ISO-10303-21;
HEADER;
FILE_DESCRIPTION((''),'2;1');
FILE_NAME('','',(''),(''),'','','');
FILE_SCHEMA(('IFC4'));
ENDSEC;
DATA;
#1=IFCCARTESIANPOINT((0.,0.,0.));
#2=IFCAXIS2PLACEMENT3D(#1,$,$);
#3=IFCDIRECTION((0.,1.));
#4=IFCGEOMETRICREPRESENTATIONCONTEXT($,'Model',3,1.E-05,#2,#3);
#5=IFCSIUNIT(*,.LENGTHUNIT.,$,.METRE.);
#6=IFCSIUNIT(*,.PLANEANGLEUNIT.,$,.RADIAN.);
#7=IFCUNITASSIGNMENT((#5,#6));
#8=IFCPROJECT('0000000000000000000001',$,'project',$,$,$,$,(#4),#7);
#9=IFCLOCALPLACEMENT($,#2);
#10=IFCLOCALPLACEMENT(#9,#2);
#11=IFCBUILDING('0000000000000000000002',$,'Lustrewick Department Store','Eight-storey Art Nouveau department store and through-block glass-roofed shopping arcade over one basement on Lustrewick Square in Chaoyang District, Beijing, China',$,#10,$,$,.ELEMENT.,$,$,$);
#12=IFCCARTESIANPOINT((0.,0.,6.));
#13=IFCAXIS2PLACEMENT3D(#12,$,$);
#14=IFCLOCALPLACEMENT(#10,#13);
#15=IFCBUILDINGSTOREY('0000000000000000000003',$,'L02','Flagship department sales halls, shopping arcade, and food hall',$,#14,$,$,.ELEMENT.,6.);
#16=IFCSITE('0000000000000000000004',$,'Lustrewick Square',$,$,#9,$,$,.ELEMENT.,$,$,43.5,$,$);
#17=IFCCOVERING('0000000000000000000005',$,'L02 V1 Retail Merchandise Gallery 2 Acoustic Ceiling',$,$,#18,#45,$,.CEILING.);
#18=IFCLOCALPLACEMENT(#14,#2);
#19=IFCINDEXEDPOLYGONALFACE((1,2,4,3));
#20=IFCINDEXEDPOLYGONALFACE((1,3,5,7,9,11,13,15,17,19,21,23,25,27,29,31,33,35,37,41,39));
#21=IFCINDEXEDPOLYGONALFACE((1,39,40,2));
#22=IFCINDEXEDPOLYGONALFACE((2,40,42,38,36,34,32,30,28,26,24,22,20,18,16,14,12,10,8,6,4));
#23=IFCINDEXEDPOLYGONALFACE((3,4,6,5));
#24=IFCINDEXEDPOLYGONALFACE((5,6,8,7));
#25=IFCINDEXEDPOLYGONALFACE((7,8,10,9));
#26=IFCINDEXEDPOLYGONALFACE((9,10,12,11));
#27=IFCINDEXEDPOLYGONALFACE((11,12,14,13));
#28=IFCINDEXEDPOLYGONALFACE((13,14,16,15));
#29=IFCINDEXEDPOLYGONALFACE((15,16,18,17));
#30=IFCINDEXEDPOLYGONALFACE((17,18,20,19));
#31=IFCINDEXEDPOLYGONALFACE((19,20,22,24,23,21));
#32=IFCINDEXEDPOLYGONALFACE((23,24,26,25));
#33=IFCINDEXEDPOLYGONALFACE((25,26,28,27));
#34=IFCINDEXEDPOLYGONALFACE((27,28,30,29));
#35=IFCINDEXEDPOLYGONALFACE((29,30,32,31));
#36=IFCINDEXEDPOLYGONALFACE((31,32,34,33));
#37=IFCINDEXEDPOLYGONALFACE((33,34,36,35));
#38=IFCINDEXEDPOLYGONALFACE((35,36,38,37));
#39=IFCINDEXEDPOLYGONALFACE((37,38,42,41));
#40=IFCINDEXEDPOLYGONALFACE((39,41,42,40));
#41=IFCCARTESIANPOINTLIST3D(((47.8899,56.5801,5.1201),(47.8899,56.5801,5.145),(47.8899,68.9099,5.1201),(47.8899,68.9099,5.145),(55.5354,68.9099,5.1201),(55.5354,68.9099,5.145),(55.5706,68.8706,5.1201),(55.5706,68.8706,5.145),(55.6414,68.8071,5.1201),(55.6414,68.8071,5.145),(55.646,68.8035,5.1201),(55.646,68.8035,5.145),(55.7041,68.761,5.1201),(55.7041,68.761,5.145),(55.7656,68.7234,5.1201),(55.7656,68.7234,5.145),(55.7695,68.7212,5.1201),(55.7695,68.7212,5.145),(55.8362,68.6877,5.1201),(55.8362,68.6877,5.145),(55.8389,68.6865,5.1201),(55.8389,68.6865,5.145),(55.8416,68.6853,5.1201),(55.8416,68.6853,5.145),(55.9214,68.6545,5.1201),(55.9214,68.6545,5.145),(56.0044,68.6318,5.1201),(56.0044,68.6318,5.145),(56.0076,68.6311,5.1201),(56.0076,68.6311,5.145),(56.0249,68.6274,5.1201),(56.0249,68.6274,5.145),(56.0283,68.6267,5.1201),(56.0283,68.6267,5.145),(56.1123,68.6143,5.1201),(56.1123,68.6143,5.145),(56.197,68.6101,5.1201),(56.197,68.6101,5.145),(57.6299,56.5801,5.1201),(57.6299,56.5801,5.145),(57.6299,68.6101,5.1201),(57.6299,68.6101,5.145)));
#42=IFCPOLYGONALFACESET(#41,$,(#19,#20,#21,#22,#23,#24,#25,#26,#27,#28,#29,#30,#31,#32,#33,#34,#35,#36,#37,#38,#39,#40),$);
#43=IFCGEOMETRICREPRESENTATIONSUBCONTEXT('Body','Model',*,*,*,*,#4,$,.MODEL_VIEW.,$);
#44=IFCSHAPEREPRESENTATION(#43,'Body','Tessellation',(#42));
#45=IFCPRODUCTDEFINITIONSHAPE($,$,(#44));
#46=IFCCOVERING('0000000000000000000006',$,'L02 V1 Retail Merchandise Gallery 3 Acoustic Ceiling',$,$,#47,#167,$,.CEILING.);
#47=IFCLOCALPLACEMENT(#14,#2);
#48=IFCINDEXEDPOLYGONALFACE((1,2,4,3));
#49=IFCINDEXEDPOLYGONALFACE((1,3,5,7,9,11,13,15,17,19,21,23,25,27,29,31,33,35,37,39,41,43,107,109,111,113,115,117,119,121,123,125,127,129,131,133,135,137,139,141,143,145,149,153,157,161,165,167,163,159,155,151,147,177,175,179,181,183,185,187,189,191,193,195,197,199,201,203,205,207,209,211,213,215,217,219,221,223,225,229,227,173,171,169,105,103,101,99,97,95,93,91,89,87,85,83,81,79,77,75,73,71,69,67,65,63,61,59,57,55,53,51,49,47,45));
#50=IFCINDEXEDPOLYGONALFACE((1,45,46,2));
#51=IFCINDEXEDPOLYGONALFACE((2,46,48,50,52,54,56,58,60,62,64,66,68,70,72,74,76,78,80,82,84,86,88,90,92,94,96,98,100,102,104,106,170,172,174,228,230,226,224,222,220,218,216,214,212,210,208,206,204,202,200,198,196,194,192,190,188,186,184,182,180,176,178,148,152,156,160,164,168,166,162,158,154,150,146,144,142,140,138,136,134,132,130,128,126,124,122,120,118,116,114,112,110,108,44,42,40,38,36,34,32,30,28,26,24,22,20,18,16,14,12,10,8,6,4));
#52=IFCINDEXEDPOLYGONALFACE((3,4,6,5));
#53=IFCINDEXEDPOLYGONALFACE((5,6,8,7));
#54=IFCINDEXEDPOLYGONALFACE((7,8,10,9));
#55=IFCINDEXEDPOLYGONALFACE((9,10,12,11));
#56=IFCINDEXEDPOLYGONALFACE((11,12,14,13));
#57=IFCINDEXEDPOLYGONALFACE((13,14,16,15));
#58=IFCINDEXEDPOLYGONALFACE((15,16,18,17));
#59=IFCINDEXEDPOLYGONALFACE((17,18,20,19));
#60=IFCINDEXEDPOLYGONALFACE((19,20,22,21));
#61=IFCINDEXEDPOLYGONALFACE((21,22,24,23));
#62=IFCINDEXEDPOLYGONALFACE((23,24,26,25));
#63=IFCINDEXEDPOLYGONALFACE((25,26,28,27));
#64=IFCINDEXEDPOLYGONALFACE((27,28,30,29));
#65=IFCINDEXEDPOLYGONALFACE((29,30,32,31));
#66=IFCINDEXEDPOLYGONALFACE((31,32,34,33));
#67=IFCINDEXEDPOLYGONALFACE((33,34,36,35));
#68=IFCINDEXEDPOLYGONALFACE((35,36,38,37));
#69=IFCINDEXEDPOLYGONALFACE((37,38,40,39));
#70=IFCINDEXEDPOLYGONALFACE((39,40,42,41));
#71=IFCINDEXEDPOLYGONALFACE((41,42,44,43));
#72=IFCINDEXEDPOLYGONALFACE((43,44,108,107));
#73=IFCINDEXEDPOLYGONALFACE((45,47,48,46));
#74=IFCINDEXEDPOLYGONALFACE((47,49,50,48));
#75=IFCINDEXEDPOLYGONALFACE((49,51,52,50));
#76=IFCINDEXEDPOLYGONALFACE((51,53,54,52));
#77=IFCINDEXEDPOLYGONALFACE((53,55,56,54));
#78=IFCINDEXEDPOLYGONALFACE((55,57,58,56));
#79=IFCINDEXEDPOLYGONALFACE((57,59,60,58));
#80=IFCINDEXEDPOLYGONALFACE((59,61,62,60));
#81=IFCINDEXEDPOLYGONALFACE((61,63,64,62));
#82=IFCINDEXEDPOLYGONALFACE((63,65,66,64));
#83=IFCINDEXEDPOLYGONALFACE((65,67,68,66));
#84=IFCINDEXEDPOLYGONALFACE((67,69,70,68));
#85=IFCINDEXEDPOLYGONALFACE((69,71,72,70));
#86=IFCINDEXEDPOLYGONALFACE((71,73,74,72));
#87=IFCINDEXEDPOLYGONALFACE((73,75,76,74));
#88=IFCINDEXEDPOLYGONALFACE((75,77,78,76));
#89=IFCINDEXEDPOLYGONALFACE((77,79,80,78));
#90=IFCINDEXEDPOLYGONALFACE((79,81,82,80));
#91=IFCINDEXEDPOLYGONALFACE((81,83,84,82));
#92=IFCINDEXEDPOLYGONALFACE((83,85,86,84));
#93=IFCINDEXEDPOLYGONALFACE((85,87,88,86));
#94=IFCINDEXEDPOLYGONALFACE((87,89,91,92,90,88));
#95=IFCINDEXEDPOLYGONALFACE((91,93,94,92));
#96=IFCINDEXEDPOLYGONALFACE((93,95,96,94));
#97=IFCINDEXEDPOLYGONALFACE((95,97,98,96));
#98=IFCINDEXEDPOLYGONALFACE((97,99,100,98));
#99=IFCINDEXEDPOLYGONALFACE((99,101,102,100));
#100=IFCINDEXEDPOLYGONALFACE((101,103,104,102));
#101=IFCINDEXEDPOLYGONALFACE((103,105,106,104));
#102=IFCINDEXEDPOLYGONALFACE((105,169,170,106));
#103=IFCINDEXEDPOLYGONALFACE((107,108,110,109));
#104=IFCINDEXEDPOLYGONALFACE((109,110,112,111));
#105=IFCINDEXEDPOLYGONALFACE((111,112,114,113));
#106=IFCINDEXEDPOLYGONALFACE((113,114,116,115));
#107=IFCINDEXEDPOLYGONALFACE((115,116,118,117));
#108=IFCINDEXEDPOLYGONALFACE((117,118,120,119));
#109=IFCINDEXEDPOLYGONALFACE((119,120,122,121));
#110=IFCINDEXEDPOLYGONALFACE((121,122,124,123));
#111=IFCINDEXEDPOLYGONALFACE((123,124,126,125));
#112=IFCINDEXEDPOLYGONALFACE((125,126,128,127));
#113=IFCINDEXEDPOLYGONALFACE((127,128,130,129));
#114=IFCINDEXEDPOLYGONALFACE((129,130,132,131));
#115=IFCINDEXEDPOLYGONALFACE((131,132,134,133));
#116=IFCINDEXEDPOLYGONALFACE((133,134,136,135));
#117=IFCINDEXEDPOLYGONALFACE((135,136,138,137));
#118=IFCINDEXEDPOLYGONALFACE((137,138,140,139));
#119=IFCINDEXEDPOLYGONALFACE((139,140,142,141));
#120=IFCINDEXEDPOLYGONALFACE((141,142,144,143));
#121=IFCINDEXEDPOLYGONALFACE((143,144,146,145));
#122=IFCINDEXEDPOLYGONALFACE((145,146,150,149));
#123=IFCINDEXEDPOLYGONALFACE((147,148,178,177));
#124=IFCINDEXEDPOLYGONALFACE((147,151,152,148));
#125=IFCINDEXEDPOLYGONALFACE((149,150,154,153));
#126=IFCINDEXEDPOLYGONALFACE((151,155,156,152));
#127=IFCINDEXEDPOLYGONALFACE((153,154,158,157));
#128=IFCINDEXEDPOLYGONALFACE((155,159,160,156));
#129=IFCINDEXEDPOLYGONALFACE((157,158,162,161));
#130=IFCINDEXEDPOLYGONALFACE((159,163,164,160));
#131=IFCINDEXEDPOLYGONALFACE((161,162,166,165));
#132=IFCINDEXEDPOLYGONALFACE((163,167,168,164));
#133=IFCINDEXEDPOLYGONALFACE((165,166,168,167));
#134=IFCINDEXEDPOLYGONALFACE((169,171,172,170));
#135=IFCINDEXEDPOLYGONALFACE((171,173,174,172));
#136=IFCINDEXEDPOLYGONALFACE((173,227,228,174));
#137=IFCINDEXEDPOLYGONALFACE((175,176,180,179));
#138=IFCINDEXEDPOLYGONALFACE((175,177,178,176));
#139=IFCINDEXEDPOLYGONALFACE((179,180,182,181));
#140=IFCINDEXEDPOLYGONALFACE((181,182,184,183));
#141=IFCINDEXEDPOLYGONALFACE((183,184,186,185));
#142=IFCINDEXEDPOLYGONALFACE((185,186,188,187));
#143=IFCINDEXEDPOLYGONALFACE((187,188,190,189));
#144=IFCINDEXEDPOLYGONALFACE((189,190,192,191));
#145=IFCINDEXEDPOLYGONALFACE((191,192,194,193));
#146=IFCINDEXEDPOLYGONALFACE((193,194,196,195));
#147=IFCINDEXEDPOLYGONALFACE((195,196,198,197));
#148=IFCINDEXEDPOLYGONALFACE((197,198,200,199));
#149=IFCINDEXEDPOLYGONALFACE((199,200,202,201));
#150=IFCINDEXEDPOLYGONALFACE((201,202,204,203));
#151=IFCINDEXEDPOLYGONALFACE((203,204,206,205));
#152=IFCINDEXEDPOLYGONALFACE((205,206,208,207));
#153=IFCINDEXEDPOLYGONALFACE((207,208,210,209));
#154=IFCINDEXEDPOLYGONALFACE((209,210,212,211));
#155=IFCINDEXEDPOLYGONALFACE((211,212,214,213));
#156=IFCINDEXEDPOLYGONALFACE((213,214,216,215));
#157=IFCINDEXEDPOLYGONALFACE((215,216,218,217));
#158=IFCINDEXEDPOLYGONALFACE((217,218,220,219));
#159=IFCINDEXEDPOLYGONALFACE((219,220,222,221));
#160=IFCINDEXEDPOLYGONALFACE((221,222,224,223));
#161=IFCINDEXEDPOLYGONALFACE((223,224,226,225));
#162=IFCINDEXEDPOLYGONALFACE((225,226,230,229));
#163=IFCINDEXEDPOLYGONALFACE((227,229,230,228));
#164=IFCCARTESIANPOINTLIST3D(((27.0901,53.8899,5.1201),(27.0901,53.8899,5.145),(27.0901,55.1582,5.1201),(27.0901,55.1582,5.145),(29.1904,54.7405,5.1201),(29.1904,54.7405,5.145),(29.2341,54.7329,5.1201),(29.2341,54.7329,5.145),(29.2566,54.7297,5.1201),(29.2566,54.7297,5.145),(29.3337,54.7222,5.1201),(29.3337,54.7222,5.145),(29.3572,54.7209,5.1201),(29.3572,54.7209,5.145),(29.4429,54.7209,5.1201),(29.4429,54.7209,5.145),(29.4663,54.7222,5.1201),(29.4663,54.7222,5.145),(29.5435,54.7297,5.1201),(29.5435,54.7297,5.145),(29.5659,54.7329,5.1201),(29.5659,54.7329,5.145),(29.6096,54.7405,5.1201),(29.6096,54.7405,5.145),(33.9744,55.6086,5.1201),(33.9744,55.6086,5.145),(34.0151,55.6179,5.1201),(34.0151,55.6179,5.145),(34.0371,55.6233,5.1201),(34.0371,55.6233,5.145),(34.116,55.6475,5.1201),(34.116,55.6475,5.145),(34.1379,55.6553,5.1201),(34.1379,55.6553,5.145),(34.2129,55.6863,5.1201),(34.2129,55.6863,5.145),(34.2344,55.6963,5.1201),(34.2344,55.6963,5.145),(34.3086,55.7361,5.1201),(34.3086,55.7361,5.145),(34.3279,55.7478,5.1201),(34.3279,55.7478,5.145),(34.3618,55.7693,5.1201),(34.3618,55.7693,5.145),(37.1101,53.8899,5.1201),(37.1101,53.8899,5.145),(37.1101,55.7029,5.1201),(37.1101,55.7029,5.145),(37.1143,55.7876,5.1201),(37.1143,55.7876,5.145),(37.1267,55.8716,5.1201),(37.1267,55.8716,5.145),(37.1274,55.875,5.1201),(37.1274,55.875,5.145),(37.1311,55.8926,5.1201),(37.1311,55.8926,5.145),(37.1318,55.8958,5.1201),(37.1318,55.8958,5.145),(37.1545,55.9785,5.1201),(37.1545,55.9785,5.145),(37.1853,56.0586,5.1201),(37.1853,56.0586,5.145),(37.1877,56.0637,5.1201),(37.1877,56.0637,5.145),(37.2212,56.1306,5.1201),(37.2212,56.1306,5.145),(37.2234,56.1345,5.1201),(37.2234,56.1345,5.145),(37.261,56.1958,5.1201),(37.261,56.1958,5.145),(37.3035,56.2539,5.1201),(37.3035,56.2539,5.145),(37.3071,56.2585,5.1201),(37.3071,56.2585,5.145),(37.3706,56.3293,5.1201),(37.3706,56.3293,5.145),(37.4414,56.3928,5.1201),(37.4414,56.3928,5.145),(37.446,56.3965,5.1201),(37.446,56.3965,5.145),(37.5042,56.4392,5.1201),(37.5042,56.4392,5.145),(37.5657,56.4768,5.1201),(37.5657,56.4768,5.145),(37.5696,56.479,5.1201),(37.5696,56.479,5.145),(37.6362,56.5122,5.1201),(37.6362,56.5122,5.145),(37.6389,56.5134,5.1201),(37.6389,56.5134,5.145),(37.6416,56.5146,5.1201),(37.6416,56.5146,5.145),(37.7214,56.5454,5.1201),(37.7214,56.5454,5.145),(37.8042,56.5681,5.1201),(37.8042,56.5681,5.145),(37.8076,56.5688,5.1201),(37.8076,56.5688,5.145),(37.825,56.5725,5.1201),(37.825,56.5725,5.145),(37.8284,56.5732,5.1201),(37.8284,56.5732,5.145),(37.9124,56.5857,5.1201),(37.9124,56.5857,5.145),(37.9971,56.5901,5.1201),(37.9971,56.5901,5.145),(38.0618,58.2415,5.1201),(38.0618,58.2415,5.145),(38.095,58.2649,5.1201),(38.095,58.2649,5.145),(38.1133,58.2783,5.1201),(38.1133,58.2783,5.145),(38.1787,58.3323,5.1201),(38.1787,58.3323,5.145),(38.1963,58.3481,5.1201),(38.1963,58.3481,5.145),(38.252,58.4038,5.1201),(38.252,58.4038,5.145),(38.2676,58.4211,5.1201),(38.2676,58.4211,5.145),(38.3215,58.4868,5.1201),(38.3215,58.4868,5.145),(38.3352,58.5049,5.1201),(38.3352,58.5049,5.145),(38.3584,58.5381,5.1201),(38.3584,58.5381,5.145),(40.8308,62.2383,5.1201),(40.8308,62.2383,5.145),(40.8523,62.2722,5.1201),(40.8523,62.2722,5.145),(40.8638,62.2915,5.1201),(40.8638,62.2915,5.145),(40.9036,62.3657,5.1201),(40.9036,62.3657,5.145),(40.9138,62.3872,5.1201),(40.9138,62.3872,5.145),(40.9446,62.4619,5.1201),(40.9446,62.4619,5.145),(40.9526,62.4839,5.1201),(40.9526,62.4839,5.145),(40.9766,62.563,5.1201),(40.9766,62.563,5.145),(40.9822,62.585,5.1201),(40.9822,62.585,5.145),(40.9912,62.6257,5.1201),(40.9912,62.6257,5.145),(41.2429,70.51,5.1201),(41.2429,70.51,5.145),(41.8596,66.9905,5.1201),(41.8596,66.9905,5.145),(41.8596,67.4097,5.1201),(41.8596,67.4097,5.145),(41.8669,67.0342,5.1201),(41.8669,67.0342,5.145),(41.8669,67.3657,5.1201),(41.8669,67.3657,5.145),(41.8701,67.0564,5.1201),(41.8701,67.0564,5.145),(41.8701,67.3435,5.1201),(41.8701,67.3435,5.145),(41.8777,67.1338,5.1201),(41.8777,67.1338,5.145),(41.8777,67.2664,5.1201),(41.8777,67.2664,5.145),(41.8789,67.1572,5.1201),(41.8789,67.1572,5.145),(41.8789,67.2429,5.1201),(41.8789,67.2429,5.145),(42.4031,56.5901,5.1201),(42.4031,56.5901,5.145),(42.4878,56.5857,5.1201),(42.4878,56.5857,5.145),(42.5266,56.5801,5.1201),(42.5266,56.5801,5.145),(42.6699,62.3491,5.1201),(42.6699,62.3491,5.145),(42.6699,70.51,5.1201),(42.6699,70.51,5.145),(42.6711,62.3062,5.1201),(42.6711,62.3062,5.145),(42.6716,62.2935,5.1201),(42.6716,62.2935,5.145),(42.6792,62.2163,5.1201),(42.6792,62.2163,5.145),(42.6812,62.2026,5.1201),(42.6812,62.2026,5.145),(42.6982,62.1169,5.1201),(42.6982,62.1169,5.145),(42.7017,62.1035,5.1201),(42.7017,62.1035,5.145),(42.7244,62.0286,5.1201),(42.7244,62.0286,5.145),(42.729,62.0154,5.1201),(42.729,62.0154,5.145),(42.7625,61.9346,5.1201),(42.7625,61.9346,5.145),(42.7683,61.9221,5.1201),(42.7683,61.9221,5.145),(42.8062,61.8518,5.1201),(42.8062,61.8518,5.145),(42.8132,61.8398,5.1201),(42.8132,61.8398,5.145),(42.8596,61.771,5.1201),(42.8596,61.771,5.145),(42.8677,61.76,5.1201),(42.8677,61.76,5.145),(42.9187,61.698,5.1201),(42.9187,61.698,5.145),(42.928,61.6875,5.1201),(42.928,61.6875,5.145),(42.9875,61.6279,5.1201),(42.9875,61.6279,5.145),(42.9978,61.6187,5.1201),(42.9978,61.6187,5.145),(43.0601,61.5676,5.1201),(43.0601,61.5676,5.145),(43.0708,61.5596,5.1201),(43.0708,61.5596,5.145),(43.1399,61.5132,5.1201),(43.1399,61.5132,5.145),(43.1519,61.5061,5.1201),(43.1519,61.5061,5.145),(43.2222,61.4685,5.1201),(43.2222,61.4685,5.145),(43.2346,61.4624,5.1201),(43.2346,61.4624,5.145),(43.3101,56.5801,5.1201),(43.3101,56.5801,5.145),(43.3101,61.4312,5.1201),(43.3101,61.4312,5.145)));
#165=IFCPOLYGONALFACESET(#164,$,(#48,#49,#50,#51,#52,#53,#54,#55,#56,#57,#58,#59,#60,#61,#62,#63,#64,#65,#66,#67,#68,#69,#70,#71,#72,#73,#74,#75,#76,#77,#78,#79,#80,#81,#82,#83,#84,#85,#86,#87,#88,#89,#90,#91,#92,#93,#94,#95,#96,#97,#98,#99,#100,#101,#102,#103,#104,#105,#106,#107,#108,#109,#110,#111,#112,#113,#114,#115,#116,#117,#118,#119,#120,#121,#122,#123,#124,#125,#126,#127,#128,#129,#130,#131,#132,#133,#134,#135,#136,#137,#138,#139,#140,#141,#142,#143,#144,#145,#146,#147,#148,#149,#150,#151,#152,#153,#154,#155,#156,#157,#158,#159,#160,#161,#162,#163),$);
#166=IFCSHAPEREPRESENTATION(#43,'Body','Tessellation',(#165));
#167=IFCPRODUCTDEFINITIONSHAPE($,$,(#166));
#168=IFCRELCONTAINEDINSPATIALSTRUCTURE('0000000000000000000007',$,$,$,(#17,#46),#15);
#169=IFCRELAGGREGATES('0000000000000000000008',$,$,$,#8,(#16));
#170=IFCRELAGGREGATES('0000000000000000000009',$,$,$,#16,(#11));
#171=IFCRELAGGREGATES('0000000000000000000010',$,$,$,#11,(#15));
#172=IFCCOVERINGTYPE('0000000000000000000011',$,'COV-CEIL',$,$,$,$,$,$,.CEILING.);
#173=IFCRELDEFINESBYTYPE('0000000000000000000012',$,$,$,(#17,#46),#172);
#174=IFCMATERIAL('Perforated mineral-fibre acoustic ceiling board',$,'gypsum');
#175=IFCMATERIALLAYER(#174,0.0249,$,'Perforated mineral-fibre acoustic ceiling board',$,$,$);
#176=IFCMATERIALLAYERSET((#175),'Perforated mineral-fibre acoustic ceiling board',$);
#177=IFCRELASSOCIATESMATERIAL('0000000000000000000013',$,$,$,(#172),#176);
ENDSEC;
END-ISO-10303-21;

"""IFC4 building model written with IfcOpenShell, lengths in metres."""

from ifc_helpers import new_model, si_unit, direction, frame, origin, place, context, subcontext, project, spatial, polyline, outline, extrude, material, layer, layer_set, type_object, element, save


model = new_model("IFC4")

# Units and contexts
model_context = context("Model", 3, precision=1e-05, world=origin(), true_north=direction((0.0, 1.0)))
body_context = subcontext(model_context, "Body", "Model", "MODEL_VIEW")
ifc_project = project(units=[si_unit("LENGTHUNIT", "METRE"), si_unit("PLANEANGLEUNIT", "RADIAN")], contexts=[model_context])

# Site, building, storey
site_placement = place(None, origin())
site = spatial("IfcSite", under=ifc_project, at=site_placement, Name="Lustrewick Square", CompositionType="ELEMENT", RefElevation=43.5)
building_placement = place(site_placement, origin())
building = spatial("IfcBuilding", under=site, at=building_placement, Name="Lustrewick Department Store", Description="Eight-storey Art Nouveau department store and through-block glass-roofed shopping arcade over one basement on Lustrewick Square in Chaoyang District, Beijing, China", CompositionType="ELEMENT")
storey_placement = place(building_placement, frame((0.0, 0.0, 6.0)))
storey = spatial("IfcBuildingStorey", under=building, at=storey_placement, Name="L02", Description="Flagship department sales halls, shopping arcade, and food hall", CompositionType="ELEMENT", Elevation=6.0)

# Coverings
ifc_material_1 = material(Name="Perforated mineral-fibre acoustic ceiling board", Category="gypsum")
ifc_layer_1 = layer(ifc_material_1, 0.0249, Name="Perforated mineral-fibre acoustic ceiling board")
ifc_layer_set_1 = layer_set([ifc_layer_1], Name="Perforated mineral-fibre acoustic ceiling board")
covering_type_1 = type_object("IfcCoveringType", Name="COV-CEIL", PredefinedType="CEILING", material=ifc_layer_set_1)
covering_1_placement = place(storey_placement, frame((0.0, 0.0, 5.1201)))
element("IfcCovering", 1, at=covering_1_placement, inside=storey, type_object=covering_type_1, Name="L02 V1 Retail Merchandise Gallery 2 Acoustic Ceiling", PredefinedType="CEILING", context=body_context, shape_type="SweptSolid", body=[
    extrude(outline(polyline([(55.5354, 68.9099), (47.8899, 68.9099), (47.8899, 56.5801), (57.6299, 56.5801), (57.6299, 68.6101), (56.197, 68.6101), (56.1123, 68.6143), (56.0283, 68.6267), (56.0249, 68.6274), (56.0076, 68.6311), (56.0044, 68.6318), (55.9214, 68.6545), (55.8416, 68.6853), (55.8389, 68.6865), (55.8362, 68.6877), (55.7695, 68.7212), (55.7656, 68.7234), (55.7041, 68.761), (55.646, 68.8035), (55.6414, 68.8071), (55.5706, 68.8706), (55.5354, 68.9099)])), origin(), (0.0, 0.0, 1.0), 0.0249),
])
covering_2_placement = place(storey_placement, frame((0.0, 0.0, 5.1201)))
element("IfcCovering", 2, at=covering_2_placement, inside=storey, type_object=covering_type_1, Name="L02 V1 Retail Merchandise Gallery 3 Acoustic Ceiling", PredefinedType="CEILING", context=body_context, shape_type="SweptSolid", body=[
    extrude(outline(polyline([(40.9766, 62.563), (40.9526, 62.4839), (40.9446, 62.4619), (40.9138, 62.3872), (40.9036, 62.3657), (40.8638, 62.2915), (40.8523, 62.2722), (40.8308, 62.2383), (38.3584, 58.5381), (38.3352, 58.5049), (38.3215, 58.4868), (38.2676, 58.4211), (38.252, 58.4038), (38.1963, 58.3481), (38.1787, 58.3323), (38.1133, 58.2783), (38.095, 58.2649), (38.0618, 58.2415), (34.3618, 55.7693), (34.3279, 55.7478), (34.3086, 55.7361), (34.2344, 55.6963), (34.2129, 55.6863), (34.1379, 55.6553), (34.116, 55.6475), (34.0371, 55.6233), (34.0151, 55.6179), (33.9744, 55.6086), (29.6096, 54.7405), (29.5659, 54.7329), (29.5435, 54.7297), (29.4663, 54.7222), (29.4429, 54.7209), (29.3572, 54.7209), (29.3337, 54.7222), (29.2566, 54.7297), (29.2341, 54.7329), (29.1904, 54.7405), (27.0901, 55.1582), (27.0901, 53.8899), (37.1101, 53.8899), (37.1101, 55.7029), (37.1143, 55.7876), (37.1267, 55.8716), (37.1274, 55.875), (37.1311, 55.8926), (37.1318, 55.8958), (37.1545, 55.9785), (37.1853, 56.0586), (37.1877, 56.0637), (37.2212, 56.1306), (37.2234, 56.1345), (37.261, 56.1958), (37.3035, 56.2539), (37.3071, 56.2585), (37.3706, 56.3293), (37.4414, 56.3928), (37.446, 56.3965), (37.5042, 56.4392), (37.5657, 56.4768), (37.5696, 56.479), (37.6362, 56.5122), (37.6389, 56.5134), (37.6416, 56.5146), (37.7214, 56.5454), (37.8042, 56.5681), (37.8076, 56.5688), (37.825, 56.5725), (37.8284, 56.5732), (37.9124, 56.5857), (37.9971, 56.5901), (42.4031, 56.5901), (42.4878, 56.5857), (42.5266, 56.5801), (43.3101, 56.5801), (43.3101, 61.4312), (43.2346, 61.4624), (43.2222, 61.4685), (43.1519, 61.5061), (43.1399, 61.5132), (43.0708, 61.5596), (43.0601, 61.5676), (42.9978, 61.6187), (42.9875, 61.6279), (42.928, 61.6875), (42.9187, 61.698), (42.8677, 61.76), (42.8596, 61.771), (42.8132, 61.8398), (42.8062, 61.8518), (42.7683, 61.9221), (42.7625, 61.9346), (42.729, 62.0154), (42.7244, 62.0286), (42.7017, 62.1035), (42.6982, 62.1169), (42.6812, 62.2026), (42.6792, 62.2163), (42.6716, 62.2935), (42.6711, 62.3062), (42.6699, 62.3491), (42.6699, 70.51), (41.2429, 70.51), (41.8596, 67.4097), (41.8669, 67.3657), (41.8701, 67.3435), (41.8777, 67.2664), (41.8789, 67.2429), (41.8789, 67.1572), (41.8777, 67.1338), (41.8701, 67.0564), (41.8669, 67.0342), (41.8596, 66.9905), (40.9912, 62.6257), (40.9822, 62.585), (40.9766, 62.563)])), origin(), (0.0, 0.0, 1.0), 0.0249),
])

save(model, "model.ifc")
